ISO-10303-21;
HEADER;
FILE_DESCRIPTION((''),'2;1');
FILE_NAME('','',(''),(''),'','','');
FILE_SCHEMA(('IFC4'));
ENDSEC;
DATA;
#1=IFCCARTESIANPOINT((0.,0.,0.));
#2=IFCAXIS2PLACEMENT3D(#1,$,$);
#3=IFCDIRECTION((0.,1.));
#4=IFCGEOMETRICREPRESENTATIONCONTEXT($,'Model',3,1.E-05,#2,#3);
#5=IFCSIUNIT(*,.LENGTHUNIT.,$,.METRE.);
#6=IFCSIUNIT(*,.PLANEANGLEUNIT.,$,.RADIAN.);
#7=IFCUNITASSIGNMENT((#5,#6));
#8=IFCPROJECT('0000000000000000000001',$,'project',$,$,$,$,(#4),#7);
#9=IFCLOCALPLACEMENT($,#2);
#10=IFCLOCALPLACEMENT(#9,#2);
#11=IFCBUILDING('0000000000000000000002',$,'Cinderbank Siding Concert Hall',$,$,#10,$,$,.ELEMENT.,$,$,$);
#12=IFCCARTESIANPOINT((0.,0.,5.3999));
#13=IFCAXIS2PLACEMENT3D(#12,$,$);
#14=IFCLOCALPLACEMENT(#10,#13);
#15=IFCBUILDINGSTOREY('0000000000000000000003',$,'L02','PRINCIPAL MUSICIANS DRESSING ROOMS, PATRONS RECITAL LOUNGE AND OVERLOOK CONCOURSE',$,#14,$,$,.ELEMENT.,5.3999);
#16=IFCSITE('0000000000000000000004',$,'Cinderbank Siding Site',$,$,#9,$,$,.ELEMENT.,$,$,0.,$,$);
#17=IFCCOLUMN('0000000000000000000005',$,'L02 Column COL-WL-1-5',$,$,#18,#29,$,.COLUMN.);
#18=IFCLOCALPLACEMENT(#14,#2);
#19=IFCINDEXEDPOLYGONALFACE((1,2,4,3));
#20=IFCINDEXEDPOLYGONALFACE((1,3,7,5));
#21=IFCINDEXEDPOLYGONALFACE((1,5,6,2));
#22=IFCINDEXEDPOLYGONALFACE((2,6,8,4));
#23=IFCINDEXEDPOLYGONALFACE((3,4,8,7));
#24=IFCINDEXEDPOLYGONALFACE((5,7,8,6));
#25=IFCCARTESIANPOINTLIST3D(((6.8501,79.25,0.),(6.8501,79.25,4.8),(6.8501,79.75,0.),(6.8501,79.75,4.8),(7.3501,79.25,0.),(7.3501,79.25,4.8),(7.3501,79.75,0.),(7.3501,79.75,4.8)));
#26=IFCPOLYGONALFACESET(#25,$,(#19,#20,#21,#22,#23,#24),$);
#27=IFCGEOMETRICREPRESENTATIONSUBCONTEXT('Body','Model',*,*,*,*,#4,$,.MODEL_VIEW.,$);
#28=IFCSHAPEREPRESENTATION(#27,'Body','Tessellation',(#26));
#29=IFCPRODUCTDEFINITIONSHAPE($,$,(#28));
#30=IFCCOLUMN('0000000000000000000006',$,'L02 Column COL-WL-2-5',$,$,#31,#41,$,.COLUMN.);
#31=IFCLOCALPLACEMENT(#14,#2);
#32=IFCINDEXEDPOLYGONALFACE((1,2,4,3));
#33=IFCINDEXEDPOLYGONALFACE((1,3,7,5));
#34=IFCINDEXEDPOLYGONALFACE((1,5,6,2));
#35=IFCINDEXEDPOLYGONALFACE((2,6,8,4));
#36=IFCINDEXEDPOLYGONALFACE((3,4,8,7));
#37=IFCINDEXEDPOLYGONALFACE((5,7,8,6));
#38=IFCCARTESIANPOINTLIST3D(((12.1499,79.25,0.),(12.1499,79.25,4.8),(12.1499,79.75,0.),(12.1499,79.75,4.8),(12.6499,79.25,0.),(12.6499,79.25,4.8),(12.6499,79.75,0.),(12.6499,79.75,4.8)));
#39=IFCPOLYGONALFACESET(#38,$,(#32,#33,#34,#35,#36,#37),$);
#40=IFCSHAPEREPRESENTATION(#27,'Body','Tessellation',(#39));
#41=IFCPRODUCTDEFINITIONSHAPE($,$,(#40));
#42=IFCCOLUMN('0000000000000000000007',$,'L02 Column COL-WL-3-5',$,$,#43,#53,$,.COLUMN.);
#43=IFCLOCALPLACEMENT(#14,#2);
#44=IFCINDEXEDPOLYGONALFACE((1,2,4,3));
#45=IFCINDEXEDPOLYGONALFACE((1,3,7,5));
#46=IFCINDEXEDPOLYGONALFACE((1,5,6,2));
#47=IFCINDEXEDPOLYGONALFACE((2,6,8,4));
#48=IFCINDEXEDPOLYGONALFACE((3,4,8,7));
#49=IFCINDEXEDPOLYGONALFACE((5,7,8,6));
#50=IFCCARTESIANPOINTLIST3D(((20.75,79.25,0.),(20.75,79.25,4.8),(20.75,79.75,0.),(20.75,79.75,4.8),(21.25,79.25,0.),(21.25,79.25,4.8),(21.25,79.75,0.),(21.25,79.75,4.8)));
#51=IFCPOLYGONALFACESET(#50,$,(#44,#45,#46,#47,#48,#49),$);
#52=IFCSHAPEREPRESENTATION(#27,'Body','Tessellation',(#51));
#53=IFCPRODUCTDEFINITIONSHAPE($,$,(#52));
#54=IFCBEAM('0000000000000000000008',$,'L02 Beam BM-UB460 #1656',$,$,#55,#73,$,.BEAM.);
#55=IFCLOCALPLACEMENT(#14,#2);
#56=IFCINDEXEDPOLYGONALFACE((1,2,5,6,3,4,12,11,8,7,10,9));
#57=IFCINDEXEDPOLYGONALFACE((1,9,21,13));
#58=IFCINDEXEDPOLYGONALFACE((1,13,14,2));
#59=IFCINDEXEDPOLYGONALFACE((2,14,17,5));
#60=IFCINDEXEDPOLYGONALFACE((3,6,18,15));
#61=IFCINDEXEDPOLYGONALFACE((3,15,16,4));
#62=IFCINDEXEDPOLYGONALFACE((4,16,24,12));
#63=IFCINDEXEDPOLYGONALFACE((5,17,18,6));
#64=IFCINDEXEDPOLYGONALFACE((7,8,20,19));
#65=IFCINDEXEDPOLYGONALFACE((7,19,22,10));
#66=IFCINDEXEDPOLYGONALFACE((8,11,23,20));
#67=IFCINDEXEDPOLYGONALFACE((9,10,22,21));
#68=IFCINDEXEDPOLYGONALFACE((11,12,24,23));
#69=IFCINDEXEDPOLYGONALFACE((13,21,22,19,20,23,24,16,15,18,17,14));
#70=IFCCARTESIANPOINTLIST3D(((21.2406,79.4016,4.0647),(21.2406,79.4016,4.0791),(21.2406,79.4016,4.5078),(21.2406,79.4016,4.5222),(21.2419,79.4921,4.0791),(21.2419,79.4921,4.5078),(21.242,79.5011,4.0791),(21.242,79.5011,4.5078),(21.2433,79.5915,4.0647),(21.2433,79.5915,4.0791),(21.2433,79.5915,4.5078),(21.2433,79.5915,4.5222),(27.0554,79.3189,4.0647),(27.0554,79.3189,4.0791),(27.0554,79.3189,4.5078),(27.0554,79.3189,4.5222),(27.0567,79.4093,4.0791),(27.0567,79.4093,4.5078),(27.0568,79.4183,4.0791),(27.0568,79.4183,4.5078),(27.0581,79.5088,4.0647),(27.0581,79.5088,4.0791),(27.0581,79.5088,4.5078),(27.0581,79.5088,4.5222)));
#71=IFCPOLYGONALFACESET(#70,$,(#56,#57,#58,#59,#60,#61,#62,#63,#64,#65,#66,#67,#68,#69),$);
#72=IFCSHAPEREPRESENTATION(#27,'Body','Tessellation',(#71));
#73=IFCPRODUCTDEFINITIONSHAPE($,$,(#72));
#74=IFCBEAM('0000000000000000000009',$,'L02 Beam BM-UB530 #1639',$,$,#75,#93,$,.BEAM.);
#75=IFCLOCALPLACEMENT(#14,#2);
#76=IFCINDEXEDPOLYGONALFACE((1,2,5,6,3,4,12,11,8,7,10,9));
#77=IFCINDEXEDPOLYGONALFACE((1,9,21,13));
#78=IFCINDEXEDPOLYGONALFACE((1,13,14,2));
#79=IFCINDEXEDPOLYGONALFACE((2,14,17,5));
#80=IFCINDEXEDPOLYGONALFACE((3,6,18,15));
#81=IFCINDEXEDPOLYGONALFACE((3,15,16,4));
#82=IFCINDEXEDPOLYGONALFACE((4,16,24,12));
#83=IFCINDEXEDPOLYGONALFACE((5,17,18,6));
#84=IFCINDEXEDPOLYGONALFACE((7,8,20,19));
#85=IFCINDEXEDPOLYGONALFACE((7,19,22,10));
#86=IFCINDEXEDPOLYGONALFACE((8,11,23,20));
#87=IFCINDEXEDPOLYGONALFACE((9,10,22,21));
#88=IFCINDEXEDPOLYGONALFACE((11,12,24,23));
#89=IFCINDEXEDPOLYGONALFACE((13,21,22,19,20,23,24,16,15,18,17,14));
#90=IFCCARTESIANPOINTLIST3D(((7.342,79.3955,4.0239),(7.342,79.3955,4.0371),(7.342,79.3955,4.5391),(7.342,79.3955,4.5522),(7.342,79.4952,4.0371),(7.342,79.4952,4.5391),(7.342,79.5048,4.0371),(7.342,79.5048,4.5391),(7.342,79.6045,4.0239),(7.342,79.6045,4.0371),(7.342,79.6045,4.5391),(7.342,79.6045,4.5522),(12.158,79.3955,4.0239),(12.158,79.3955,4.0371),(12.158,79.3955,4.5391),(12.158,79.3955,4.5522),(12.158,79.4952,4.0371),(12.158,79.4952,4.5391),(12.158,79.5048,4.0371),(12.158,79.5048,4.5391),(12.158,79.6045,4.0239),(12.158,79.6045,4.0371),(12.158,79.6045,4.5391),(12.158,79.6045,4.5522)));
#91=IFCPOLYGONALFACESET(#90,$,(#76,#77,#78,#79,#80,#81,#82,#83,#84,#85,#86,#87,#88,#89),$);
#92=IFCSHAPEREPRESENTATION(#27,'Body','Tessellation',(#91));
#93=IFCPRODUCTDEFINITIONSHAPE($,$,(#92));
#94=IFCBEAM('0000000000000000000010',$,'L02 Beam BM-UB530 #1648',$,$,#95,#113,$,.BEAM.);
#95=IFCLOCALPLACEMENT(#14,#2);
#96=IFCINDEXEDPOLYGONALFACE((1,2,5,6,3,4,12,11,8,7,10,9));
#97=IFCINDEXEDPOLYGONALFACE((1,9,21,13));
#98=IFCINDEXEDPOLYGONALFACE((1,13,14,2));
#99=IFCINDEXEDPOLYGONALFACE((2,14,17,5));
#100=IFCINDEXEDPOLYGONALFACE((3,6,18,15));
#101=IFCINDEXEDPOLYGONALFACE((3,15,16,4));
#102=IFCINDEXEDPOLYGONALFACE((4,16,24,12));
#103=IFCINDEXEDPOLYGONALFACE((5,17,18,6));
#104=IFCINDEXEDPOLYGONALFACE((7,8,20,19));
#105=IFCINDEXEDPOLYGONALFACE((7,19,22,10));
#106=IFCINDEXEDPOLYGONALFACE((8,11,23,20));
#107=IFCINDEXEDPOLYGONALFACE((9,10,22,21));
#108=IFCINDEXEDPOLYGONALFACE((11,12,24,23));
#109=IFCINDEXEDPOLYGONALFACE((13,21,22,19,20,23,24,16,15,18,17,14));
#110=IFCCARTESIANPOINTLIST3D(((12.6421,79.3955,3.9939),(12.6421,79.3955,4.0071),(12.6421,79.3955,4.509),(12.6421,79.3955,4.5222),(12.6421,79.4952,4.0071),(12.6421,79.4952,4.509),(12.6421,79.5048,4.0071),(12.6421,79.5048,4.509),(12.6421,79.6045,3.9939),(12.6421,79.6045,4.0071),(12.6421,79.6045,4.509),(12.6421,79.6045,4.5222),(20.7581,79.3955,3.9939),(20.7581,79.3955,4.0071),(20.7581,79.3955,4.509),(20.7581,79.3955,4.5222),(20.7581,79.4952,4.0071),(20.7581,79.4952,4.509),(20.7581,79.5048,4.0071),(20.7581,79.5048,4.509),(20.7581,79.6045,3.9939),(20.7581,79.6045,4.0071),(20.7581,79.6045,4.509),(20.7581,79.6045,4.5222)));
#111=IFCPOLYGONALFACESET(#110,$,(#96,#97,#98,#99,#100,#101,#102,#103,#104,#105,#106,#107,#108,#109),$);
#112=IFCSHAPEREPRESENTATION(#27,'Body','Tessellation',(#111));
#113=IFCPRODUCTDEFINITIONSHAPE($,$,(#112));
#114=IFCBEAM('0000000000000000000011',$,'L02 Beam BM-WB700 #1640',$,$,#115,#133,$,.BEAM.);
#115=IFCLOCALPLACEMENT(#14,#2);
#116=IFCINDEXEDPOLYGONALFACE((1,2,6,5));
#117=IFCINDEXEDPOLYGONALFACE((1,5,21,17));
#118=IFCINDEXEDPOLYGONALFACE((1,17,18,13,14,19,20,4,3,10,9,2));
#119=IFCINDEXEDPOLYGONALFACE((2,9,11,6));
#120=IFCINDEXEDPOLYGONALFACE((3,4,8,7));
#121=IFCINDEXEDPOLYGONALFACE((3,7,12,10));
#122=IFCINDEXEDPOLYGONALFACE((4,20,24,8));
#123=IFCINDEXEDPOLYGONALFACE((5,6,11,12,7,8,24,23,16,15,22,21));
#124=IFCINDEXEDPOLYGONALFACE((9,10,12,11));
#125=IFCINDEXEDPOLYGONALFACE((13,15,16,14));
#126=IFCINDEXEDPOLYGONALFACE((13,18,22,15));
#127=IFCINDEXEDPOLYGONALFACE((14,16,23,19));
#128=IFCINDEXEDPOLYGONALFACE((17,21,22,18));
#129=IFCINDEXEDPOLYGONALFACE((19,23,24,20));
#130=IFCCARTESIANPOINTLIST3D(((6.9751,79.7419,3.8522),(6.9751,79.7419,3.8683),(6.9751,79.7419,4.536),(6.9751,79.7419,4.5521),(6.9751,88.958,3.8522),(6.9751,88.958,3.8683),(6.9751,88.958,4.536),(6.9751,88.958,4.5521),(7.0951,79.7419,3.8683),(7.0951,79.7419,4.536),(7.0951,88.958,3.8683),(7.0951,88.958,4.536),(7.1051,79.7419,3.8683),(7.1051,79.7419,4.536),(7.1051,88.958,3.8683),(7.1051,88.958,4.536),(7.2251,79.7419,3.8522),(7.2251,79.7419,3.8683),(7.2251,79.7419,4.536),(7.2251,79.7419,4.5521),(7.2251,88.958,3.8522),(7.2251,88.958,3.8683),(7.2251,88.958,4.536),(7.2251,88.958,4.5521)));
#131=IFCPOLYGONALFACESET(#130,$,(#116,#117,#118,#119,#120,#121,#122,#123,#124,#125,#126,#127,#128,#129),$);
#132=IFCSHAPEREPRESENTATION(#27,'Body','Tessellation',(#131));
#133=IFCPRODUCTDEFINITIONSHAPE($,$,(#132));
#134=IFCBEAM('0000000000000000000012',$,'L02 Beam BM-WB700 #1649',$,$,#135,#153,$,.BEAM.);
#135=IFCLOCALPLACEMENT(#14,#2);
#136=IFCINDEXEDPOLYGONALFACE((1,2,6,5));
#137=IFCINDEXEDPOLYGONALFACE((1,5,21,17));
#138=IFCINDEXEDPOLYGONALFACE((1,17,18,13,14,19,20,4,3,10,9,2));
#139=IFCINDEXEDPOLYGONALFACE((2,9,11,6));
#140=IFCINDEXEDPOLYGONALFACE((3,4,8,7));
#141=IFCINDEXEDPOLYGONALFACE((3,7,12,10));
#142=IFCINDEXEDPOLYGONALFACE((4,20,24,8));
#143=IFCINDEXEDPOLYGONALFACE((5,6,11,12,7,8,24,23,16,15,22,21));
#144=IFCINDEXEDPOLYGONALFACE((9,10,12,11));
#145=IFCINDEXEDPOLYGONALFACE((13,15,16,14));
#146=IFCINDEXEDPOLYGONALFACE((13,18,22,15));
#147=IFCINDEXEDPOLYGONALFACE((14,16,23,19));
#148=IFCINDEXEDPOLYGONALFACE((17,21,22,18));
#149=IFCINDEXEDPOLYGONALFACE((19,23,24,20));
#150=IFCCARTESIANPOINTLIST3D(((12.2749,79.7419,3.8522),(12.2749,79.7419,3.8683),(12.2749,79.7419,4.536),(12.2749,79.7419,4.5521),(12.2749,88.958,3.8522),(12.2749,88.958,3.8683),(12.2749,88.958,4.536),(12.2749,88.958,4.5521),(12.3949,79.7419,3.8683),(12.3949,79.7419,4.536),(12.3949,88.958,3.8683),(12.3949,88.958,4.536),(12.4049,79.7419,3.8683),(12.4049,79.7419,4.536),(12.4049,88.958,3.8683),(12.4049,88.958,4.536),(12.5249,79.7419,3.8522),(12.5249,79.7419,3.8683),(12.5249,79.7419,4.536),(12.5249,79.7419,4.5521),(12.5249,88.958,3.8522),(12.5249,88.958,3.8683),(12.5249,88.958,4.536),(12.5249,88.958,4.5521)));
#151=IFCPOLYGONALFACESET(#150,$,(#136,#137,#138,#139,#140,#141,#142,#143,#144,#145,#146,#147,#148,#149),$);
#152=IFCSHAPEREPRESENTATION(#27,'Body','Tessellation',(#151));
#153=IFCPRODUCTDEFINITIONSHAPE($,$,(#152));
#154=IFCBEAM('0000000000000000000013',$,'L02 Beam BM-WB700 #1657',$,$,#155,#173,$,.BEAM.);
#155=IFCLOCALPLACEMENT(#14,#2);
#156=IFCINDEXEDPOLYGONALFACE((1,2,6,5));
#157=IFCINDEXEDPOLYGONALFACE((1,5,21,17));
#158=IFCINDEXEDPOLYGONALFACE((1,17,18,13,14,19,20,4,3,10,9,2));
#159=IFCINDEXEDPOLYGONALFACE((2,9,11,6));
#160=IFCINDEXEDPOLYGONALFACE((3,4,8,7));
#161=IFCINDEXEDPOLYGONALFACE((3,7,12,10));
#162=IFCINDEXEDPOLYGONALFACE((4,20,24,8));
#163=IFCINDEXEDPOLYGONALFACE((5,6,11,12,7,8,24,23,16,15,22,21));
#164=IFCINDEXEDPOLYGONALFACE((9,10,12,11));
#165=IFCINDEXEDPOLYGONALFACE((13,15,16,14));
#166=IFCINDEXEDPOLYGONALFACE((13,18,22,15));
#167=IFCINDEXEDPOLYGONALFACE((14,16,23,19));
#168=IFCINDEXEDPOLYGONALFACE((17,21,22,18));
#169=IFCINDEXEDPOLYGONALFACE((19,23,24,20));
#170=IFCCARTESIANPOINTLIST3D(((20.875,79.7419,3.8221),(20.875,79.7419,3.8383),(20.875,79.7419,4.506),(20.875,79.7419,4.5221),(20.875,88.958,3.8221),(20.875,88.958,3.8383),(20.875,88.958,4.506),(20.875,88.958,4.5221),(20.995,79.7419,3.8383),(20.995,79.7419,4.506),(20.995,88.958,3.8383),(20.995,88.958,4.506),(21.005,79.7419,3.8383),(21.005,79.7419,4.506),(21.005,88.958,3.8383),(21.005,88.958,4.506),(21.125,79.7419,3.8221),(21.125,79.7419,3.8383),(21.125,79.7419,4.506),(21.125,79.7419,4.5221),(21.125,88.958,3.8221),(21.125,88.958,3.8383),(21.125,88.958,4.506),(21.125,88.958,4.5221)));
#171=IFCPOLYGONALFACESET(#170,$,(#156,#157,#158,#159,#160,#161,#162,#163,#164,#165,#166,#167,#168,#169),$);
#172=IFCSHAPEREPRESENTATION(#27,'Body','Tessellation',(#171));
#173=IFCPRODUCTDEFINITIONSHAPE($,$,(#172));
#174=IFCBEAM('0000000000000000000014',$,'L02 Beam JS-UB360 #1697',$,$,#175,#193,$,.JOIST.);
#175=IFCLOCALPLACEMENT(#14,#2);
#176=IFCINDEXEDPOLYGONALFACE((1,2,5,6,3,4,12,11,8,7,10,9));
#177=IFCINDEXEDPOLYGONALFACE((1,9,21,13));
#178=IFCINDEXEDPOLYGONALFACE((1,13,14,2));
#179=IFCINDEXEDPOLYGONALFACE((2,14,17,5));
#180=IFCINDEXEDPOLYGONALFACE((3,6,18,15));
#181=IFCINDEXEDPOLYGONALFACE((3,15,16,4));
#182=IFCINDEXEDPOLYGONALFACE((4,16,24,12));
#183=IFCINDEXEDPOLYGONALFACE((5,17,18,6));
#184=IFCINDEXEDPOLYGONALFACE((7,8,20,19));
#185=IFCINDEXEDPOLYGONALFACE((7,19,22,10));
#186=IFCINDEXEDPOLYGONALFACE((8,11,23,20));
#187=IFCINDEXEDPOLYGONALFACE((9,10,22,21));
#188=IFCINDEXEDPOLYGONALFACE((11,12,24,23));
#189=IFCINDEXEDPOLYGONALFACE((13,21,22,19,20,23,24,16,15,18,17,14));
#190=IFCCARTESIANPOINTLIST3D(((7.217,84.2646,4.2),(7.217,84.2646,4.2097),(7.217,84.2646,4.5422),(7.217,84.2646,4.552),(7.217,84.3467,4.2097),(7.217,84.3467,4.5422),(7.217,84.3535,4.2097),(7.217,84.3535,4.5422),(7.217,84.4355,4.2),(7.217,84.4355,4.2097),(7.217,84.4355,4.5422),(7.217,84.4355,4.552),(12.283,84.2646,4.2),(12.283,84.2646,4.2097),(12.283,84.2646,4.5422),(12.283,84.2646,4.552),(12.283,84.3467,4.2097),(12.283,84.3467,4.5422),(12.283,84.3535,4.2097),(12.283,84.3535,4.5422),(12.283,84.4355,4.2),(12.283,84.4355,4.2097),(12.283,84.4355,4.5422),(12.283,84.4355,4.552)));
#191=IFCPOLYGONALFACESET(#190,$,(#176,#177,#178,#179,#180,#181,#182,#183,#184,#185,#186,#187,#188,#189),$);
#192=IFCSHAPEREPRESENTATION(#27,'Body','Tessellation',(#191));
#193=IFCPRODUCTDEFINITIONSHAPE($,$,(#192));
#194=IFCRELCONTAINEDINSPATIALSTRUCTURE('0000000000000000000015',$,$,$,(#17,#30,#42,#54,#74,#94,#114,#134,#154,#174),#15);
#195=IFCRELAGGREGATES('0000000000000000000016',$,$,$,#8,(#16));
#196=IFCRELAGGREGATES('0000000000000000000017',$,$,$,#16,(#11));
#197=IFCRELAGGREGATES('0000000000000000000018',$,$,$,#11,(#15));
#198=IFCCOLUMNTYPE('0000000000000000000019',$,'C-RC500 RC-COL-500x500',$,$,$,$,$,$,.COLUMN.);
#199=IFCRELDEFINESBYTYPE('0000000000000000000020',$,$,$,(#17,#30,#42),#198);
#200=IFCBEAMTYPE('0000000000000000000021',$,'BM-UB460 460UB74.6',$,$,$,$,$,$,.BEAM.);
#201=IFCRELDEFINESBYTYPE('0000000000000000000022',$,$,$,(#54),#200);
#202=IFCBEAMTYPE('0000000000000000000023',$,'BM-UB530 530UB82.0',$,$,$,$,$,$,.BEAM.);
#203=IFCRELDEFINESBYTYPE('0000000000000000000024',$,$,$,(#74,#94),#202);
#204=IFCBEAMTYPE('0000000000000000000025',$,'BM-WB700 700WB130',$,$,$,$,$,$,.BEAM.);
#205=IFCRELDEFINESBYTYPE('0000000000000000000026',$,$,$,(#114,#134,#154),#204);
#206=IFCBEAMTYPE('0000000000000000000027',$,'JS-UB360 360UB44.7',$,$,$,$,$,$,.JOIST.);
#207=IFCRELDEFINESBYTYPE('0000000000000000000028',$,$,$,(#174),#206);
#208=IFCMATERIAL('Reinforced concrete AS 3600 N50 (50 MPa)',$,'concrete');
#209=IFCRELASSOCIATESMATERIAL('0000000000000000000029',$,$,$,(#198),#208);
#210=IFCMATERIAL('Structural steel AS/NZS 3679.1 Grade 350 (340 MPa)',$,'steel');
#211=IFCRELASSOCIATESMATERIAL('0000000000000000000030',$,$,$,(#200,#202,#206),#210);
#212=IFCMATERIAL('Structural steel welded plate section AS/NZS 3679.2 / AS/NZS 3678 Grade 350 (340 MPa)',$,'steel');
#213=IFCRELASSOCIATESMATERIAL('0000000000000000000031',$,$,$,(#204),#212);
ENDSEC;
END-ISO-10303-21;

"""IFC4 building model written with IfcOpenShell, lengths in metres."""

from ifc_helpers import new_model, si_unit, direction, frame, origin, origin_2d, place, context, subcontext, project, spatial, rectangle, i_section, extrude, material, material_profile, profile_set, type_object, element, save


model = new_model("IFC4")

# Units and contexts
model_context = context("Model", 3, precision=1e-05, world=origin(), true_north=direction((0.0, 1.0)))
body_context = subcontext(model_context, "Body", "Model", "MODEL_VIEW")
ifc_project = project(units=[si_unit("LENGTHUNIT", "METRE"), si_unit("PLANEANGLEUNIT", "RADIAN")], contexts=[model_context])

# Site, building, storey
site_placement = place(None, origin())
site = spatial("IfcSite", under=ifc_project, at=site_placement, Name="Cinderbank Siding Site", CompositionType="ELEMENT", RefElevation=0.0)
building_placement = place(site_placement, origin())
building = spatial("IfcBuilding", under=site, at=building_placement, Name="Cinderbank Siding Concert Hall", CompositionType="ELEMENT")
storey_placement = place(building_placement, frame((0.0, 0.0, 5.3999)))
storey = spatial("IfcBuildingStorey", under=building, at=storey_placement, Name="L02", Description="PRINCIPAL MUSICIANS DRESSING ROOMS, PATRONS RECITAL LOUNGE AND OVERLOOK CONCOURSE", CompositionType="ELEMENT", Elevation=5.3999)

# Columns
ifc_material_1 = material(Name="Reinforced concrete AS 3600 N50 (50 MPa)", Category="concrete")
ifc_material_profile_1 = material_profile(ifc_material_1, rectangle(XDim=0.5, YDim=0.5, at=origin_2d()), Name="RC-COL-500x500", Category="LoadBearing")
ifc_profile_set_1 = profile_set([ifc_material_profile_1], Name="Reinforced concrete AS 3600 N50 (50 MPa)")
column_type = type_object("IfcColumnType", Name="C-RC500 RC-COL-500x500", PredefinedType="COLUMN", material=ifc_profile_set_1)
for number, where, z_axis, x_axis, name in (
    (1, (7.1001, 79.5, 0.0), (0.0, 0.0, 1.0), (1.0, 0.0, 0.0), "L02 Column COL-WL-1-5"),
    (2, (12.3999, 79.5, 0.0), (0.0, 0.0, 1.0), (1.0, 0.0, 0.0), "L02 Column COL-WL-2-5"),
    (3, (21.0, 79.5, 0.0), (0.0, 0.0, 1.0), (1.0, 0.0, 0.0), "L02 Column COL-WL-3-5"),
):
    element("IfcColumn", number, at=place(storey_placement, frame(where, z_axis=z_axis, x_axis=x_axis)), inside=storey, type_object=column_type, Name=name, PredefinedType="COLUMN", context=body_context, shape_type="SweptSolid", body=[
        extrude(rectangle(XDim=0.5, YDim=0.5, at=origin_2d()), origin(), (0.0, 0.0, 1.0), 4.8),
    ])

# Beams
ifc_material_2 = material(Name="Structural steel AS/NZS 3679.1 Grade 350 (340 MPa)", Category="steel")
ifc_material_profile_2 = material_profile(ifc_material_2, i_section(OverallWidth=0.1899, OverallDepth=0.4575, WebThickness=0.009, FlangeThickness=0.0144, at=origin_2d()), Name="460UB74.6", Category="LoadBearing")
ifc_profile_set_2 = profile_set([ifc_material_profile_2], Name="Structural steel AS/NZS 3679.1 Grade 350 (340 MPa)")
beam_type_1 = type_object("IfcBeamType", Name="BM-UB460 460UB74.6", PredefinedType="BEAM", material=ifc_profile_set_2)
beam_1_placement = place(storey_placement, frame((21.2419, 79.4966, 4.2935), z_axis=(0.999899, -0.014231, 0.0), x_axis=(0.014231, 0.999899, 0.0)))
element("IfcBeam", 4, at=beam_1_placement, inside=storey, type_object=beam_type_1, Name="L02 Beam BM-UB460 #1656", PredefinedType="BEAM", context=body_context, shape_type="SweptSolid", body=[
    extrude(i_section(OverallWidth=0.1899, OverallDepth=0.4575, WebThickness=0.009, FlangeThickness=0.0144, at=origin_2d()), origin(), (0.0, 0.0, 1.0), 5.8154),
])
ifc_material_profile_3 = material_profile(ifc_material_2, i_section(OverallWidth=0.209, OverallDepth=0.5283, WebThickness=0.0095, FlangeThickness=0.0132, at=origin_2d()), Name="530UB82.0", Category="LoadBearing")
ifc_profile_set_3 = profile_set([ifc_material_profile_3], Name="Structural steel AS/NZS 3679.1 Grade 350 (340 MPa)")
beam_type_2 = type_object("IfcBeamType", Name="BM-UB530 530UB82.0", PredefinedType="BEAM", material=ifc_profile_set_3)
beam_2_placement = place(storey_placement, frame((7.342, 79.5, 4.2881), z_axis=(1.0, 0.0, 0.0), x_axis=(0.0, 1.0, 0.0)))
element("IfcBeam", 5, at=beam_2_placement, inside=storey, type_object=beam_type_2, Name="L02 Beam BM-UB530 #1639", PredefinedType="BEAM", context=body_context, shape_type="SweptSolid", body=[
    extrude(i_section(OverallWidth=0.209, OverallDepth=0.5283, WebThickness=0.0095, FlangeThickness=0.0132, at=origin_2d()), origin(), (0.0, 0.0, 1.0), 4.8159),
])
beam_3_placement = place(storey_placement, frame((12.6421, 79.5, 4.2581), z_axis=(1.0, 0.0, 0.0), x_axis=(0.0, 1.0, 0.0)))
element("IfcBeam", 6, at=beam_3_placement, inside=storey, type_object=beam_type_2, Name="L02 Beam BM-UB530 #1648", PredefinedType="BEAM", context=body_context, shape_type="SweptSolid", body=[
    extrude(i_section(OverallWidth=0.209, OverallDepth=0.5283, WebThickness=0.0095, FlangeThickness=0.0132, at=origin_2d()), origin(), (0.0, 0.0, 1.0), 8.116),
])
ifc_material_3 = material(Name="Structural steel welded plate section AS/NZS 3679.2 / AS/NZS 3678 Grade 350 (340 MPa)", Category="steel")
ifc_material_profile_4 = material_profile(ifc_material_3, i_section(OverallWidth=0.25, OverallDepth=0.7, WebThickness=0.01, FlangeThickness=0.0161, at=origin_2d()), Name="700WB130", Category="LoadBearing")
ifc_profile_set_4 = profile_set([ifc_material_profile_4], Name="Structural steel welded plate section AS/NZS 3679.2 / AS/NZS 3678 Grade 350 (340 MPa)")
beam_type_3 = type_object("IfcBeamType", Name="BM-WB700 700WB130", PredefinedType="BEAM", material=ifc_profile_set_4)
for number, where, z_axis, x_axis, name in (
    (7, (7.1001, 79.7419, 4.2021), (0.0, 1.0, 0.0), (-1.0, 0.0, 0.0), "L02 Beam BM-WB700 #1640"),
    (8, (12.3999, 79.7419, 4.2021), (0.0, 1.0, 0.0), (-1.0, 0.0, 0.0), "L02 Beam BM-WB700 #1649"),
    (9, (21.0, 79.7419, 4.1721), (0.0, 1.0, 0.0), (-1.0, 0.0, 0.0), "L02 Beam BM-WB700 #1657"),
):
    element("IfcBeam", number, at=place(storey_placement, frame(where, z_axis=z_axis, x_axis=x_axis)), inside=storey, type_object=beam_type_3, Name=name, PredefinedType="BEAM", context=body_context, shape_type="SweptSolid", body=[
        extrude(i_section(OverallWidth=0.25, OverallDepth=0.7, WebThickness=0.01, FlangeThickness=0.0161, at=origin_2d()), origin(), (0.0, 0.0, 1.0), 9.2161),
    ])
ifc_material_profile_5 = material_profile(ifc_material_2, i_section(OverallWidth=0.1709, OverallDepth=0.3521, WebThickness=0.0068, FlangeThickness=0.0098, at=origin_2d()), Name="360UB44.7", Category="LoadBearing")
ifc_profile_set_5 = profile_set([ifc_material_profile_5], Name="Structural steel AS/NZS 3679.1 Grade 350 (340 MPa)")
beam_type_4 = type_object("IfcBeamType", Name="JS-UB360 360UB44.7", PredefinedType="JOIST", material=ifc_profile_set_5)
beam_4_placement = place(storey_placement, frame((7.217, 84.3501, 4.376), z_axis=(1.0, 0.0, 0.0), x_axis=(0.0, 1.0, 0.0)))
element("IfcBeam", 10, at=beam_4_placement, inside=storey, type_object=beam_type_4, Name="L02 Beam JS-UB360 #1697", PredefinedType="JOIST", context=body_context, shape_type="SweptSolid", body=[
    extrude(i_section(OverallWidth=0.1709, OverallDepth=0.3521, WebThickness=0.0068, FlangeThickness=0.0098, at=origin_2d()), origin(), (0.0, 0.0, 1.0), 5.0659),
])

save(model, "model.ifc")
